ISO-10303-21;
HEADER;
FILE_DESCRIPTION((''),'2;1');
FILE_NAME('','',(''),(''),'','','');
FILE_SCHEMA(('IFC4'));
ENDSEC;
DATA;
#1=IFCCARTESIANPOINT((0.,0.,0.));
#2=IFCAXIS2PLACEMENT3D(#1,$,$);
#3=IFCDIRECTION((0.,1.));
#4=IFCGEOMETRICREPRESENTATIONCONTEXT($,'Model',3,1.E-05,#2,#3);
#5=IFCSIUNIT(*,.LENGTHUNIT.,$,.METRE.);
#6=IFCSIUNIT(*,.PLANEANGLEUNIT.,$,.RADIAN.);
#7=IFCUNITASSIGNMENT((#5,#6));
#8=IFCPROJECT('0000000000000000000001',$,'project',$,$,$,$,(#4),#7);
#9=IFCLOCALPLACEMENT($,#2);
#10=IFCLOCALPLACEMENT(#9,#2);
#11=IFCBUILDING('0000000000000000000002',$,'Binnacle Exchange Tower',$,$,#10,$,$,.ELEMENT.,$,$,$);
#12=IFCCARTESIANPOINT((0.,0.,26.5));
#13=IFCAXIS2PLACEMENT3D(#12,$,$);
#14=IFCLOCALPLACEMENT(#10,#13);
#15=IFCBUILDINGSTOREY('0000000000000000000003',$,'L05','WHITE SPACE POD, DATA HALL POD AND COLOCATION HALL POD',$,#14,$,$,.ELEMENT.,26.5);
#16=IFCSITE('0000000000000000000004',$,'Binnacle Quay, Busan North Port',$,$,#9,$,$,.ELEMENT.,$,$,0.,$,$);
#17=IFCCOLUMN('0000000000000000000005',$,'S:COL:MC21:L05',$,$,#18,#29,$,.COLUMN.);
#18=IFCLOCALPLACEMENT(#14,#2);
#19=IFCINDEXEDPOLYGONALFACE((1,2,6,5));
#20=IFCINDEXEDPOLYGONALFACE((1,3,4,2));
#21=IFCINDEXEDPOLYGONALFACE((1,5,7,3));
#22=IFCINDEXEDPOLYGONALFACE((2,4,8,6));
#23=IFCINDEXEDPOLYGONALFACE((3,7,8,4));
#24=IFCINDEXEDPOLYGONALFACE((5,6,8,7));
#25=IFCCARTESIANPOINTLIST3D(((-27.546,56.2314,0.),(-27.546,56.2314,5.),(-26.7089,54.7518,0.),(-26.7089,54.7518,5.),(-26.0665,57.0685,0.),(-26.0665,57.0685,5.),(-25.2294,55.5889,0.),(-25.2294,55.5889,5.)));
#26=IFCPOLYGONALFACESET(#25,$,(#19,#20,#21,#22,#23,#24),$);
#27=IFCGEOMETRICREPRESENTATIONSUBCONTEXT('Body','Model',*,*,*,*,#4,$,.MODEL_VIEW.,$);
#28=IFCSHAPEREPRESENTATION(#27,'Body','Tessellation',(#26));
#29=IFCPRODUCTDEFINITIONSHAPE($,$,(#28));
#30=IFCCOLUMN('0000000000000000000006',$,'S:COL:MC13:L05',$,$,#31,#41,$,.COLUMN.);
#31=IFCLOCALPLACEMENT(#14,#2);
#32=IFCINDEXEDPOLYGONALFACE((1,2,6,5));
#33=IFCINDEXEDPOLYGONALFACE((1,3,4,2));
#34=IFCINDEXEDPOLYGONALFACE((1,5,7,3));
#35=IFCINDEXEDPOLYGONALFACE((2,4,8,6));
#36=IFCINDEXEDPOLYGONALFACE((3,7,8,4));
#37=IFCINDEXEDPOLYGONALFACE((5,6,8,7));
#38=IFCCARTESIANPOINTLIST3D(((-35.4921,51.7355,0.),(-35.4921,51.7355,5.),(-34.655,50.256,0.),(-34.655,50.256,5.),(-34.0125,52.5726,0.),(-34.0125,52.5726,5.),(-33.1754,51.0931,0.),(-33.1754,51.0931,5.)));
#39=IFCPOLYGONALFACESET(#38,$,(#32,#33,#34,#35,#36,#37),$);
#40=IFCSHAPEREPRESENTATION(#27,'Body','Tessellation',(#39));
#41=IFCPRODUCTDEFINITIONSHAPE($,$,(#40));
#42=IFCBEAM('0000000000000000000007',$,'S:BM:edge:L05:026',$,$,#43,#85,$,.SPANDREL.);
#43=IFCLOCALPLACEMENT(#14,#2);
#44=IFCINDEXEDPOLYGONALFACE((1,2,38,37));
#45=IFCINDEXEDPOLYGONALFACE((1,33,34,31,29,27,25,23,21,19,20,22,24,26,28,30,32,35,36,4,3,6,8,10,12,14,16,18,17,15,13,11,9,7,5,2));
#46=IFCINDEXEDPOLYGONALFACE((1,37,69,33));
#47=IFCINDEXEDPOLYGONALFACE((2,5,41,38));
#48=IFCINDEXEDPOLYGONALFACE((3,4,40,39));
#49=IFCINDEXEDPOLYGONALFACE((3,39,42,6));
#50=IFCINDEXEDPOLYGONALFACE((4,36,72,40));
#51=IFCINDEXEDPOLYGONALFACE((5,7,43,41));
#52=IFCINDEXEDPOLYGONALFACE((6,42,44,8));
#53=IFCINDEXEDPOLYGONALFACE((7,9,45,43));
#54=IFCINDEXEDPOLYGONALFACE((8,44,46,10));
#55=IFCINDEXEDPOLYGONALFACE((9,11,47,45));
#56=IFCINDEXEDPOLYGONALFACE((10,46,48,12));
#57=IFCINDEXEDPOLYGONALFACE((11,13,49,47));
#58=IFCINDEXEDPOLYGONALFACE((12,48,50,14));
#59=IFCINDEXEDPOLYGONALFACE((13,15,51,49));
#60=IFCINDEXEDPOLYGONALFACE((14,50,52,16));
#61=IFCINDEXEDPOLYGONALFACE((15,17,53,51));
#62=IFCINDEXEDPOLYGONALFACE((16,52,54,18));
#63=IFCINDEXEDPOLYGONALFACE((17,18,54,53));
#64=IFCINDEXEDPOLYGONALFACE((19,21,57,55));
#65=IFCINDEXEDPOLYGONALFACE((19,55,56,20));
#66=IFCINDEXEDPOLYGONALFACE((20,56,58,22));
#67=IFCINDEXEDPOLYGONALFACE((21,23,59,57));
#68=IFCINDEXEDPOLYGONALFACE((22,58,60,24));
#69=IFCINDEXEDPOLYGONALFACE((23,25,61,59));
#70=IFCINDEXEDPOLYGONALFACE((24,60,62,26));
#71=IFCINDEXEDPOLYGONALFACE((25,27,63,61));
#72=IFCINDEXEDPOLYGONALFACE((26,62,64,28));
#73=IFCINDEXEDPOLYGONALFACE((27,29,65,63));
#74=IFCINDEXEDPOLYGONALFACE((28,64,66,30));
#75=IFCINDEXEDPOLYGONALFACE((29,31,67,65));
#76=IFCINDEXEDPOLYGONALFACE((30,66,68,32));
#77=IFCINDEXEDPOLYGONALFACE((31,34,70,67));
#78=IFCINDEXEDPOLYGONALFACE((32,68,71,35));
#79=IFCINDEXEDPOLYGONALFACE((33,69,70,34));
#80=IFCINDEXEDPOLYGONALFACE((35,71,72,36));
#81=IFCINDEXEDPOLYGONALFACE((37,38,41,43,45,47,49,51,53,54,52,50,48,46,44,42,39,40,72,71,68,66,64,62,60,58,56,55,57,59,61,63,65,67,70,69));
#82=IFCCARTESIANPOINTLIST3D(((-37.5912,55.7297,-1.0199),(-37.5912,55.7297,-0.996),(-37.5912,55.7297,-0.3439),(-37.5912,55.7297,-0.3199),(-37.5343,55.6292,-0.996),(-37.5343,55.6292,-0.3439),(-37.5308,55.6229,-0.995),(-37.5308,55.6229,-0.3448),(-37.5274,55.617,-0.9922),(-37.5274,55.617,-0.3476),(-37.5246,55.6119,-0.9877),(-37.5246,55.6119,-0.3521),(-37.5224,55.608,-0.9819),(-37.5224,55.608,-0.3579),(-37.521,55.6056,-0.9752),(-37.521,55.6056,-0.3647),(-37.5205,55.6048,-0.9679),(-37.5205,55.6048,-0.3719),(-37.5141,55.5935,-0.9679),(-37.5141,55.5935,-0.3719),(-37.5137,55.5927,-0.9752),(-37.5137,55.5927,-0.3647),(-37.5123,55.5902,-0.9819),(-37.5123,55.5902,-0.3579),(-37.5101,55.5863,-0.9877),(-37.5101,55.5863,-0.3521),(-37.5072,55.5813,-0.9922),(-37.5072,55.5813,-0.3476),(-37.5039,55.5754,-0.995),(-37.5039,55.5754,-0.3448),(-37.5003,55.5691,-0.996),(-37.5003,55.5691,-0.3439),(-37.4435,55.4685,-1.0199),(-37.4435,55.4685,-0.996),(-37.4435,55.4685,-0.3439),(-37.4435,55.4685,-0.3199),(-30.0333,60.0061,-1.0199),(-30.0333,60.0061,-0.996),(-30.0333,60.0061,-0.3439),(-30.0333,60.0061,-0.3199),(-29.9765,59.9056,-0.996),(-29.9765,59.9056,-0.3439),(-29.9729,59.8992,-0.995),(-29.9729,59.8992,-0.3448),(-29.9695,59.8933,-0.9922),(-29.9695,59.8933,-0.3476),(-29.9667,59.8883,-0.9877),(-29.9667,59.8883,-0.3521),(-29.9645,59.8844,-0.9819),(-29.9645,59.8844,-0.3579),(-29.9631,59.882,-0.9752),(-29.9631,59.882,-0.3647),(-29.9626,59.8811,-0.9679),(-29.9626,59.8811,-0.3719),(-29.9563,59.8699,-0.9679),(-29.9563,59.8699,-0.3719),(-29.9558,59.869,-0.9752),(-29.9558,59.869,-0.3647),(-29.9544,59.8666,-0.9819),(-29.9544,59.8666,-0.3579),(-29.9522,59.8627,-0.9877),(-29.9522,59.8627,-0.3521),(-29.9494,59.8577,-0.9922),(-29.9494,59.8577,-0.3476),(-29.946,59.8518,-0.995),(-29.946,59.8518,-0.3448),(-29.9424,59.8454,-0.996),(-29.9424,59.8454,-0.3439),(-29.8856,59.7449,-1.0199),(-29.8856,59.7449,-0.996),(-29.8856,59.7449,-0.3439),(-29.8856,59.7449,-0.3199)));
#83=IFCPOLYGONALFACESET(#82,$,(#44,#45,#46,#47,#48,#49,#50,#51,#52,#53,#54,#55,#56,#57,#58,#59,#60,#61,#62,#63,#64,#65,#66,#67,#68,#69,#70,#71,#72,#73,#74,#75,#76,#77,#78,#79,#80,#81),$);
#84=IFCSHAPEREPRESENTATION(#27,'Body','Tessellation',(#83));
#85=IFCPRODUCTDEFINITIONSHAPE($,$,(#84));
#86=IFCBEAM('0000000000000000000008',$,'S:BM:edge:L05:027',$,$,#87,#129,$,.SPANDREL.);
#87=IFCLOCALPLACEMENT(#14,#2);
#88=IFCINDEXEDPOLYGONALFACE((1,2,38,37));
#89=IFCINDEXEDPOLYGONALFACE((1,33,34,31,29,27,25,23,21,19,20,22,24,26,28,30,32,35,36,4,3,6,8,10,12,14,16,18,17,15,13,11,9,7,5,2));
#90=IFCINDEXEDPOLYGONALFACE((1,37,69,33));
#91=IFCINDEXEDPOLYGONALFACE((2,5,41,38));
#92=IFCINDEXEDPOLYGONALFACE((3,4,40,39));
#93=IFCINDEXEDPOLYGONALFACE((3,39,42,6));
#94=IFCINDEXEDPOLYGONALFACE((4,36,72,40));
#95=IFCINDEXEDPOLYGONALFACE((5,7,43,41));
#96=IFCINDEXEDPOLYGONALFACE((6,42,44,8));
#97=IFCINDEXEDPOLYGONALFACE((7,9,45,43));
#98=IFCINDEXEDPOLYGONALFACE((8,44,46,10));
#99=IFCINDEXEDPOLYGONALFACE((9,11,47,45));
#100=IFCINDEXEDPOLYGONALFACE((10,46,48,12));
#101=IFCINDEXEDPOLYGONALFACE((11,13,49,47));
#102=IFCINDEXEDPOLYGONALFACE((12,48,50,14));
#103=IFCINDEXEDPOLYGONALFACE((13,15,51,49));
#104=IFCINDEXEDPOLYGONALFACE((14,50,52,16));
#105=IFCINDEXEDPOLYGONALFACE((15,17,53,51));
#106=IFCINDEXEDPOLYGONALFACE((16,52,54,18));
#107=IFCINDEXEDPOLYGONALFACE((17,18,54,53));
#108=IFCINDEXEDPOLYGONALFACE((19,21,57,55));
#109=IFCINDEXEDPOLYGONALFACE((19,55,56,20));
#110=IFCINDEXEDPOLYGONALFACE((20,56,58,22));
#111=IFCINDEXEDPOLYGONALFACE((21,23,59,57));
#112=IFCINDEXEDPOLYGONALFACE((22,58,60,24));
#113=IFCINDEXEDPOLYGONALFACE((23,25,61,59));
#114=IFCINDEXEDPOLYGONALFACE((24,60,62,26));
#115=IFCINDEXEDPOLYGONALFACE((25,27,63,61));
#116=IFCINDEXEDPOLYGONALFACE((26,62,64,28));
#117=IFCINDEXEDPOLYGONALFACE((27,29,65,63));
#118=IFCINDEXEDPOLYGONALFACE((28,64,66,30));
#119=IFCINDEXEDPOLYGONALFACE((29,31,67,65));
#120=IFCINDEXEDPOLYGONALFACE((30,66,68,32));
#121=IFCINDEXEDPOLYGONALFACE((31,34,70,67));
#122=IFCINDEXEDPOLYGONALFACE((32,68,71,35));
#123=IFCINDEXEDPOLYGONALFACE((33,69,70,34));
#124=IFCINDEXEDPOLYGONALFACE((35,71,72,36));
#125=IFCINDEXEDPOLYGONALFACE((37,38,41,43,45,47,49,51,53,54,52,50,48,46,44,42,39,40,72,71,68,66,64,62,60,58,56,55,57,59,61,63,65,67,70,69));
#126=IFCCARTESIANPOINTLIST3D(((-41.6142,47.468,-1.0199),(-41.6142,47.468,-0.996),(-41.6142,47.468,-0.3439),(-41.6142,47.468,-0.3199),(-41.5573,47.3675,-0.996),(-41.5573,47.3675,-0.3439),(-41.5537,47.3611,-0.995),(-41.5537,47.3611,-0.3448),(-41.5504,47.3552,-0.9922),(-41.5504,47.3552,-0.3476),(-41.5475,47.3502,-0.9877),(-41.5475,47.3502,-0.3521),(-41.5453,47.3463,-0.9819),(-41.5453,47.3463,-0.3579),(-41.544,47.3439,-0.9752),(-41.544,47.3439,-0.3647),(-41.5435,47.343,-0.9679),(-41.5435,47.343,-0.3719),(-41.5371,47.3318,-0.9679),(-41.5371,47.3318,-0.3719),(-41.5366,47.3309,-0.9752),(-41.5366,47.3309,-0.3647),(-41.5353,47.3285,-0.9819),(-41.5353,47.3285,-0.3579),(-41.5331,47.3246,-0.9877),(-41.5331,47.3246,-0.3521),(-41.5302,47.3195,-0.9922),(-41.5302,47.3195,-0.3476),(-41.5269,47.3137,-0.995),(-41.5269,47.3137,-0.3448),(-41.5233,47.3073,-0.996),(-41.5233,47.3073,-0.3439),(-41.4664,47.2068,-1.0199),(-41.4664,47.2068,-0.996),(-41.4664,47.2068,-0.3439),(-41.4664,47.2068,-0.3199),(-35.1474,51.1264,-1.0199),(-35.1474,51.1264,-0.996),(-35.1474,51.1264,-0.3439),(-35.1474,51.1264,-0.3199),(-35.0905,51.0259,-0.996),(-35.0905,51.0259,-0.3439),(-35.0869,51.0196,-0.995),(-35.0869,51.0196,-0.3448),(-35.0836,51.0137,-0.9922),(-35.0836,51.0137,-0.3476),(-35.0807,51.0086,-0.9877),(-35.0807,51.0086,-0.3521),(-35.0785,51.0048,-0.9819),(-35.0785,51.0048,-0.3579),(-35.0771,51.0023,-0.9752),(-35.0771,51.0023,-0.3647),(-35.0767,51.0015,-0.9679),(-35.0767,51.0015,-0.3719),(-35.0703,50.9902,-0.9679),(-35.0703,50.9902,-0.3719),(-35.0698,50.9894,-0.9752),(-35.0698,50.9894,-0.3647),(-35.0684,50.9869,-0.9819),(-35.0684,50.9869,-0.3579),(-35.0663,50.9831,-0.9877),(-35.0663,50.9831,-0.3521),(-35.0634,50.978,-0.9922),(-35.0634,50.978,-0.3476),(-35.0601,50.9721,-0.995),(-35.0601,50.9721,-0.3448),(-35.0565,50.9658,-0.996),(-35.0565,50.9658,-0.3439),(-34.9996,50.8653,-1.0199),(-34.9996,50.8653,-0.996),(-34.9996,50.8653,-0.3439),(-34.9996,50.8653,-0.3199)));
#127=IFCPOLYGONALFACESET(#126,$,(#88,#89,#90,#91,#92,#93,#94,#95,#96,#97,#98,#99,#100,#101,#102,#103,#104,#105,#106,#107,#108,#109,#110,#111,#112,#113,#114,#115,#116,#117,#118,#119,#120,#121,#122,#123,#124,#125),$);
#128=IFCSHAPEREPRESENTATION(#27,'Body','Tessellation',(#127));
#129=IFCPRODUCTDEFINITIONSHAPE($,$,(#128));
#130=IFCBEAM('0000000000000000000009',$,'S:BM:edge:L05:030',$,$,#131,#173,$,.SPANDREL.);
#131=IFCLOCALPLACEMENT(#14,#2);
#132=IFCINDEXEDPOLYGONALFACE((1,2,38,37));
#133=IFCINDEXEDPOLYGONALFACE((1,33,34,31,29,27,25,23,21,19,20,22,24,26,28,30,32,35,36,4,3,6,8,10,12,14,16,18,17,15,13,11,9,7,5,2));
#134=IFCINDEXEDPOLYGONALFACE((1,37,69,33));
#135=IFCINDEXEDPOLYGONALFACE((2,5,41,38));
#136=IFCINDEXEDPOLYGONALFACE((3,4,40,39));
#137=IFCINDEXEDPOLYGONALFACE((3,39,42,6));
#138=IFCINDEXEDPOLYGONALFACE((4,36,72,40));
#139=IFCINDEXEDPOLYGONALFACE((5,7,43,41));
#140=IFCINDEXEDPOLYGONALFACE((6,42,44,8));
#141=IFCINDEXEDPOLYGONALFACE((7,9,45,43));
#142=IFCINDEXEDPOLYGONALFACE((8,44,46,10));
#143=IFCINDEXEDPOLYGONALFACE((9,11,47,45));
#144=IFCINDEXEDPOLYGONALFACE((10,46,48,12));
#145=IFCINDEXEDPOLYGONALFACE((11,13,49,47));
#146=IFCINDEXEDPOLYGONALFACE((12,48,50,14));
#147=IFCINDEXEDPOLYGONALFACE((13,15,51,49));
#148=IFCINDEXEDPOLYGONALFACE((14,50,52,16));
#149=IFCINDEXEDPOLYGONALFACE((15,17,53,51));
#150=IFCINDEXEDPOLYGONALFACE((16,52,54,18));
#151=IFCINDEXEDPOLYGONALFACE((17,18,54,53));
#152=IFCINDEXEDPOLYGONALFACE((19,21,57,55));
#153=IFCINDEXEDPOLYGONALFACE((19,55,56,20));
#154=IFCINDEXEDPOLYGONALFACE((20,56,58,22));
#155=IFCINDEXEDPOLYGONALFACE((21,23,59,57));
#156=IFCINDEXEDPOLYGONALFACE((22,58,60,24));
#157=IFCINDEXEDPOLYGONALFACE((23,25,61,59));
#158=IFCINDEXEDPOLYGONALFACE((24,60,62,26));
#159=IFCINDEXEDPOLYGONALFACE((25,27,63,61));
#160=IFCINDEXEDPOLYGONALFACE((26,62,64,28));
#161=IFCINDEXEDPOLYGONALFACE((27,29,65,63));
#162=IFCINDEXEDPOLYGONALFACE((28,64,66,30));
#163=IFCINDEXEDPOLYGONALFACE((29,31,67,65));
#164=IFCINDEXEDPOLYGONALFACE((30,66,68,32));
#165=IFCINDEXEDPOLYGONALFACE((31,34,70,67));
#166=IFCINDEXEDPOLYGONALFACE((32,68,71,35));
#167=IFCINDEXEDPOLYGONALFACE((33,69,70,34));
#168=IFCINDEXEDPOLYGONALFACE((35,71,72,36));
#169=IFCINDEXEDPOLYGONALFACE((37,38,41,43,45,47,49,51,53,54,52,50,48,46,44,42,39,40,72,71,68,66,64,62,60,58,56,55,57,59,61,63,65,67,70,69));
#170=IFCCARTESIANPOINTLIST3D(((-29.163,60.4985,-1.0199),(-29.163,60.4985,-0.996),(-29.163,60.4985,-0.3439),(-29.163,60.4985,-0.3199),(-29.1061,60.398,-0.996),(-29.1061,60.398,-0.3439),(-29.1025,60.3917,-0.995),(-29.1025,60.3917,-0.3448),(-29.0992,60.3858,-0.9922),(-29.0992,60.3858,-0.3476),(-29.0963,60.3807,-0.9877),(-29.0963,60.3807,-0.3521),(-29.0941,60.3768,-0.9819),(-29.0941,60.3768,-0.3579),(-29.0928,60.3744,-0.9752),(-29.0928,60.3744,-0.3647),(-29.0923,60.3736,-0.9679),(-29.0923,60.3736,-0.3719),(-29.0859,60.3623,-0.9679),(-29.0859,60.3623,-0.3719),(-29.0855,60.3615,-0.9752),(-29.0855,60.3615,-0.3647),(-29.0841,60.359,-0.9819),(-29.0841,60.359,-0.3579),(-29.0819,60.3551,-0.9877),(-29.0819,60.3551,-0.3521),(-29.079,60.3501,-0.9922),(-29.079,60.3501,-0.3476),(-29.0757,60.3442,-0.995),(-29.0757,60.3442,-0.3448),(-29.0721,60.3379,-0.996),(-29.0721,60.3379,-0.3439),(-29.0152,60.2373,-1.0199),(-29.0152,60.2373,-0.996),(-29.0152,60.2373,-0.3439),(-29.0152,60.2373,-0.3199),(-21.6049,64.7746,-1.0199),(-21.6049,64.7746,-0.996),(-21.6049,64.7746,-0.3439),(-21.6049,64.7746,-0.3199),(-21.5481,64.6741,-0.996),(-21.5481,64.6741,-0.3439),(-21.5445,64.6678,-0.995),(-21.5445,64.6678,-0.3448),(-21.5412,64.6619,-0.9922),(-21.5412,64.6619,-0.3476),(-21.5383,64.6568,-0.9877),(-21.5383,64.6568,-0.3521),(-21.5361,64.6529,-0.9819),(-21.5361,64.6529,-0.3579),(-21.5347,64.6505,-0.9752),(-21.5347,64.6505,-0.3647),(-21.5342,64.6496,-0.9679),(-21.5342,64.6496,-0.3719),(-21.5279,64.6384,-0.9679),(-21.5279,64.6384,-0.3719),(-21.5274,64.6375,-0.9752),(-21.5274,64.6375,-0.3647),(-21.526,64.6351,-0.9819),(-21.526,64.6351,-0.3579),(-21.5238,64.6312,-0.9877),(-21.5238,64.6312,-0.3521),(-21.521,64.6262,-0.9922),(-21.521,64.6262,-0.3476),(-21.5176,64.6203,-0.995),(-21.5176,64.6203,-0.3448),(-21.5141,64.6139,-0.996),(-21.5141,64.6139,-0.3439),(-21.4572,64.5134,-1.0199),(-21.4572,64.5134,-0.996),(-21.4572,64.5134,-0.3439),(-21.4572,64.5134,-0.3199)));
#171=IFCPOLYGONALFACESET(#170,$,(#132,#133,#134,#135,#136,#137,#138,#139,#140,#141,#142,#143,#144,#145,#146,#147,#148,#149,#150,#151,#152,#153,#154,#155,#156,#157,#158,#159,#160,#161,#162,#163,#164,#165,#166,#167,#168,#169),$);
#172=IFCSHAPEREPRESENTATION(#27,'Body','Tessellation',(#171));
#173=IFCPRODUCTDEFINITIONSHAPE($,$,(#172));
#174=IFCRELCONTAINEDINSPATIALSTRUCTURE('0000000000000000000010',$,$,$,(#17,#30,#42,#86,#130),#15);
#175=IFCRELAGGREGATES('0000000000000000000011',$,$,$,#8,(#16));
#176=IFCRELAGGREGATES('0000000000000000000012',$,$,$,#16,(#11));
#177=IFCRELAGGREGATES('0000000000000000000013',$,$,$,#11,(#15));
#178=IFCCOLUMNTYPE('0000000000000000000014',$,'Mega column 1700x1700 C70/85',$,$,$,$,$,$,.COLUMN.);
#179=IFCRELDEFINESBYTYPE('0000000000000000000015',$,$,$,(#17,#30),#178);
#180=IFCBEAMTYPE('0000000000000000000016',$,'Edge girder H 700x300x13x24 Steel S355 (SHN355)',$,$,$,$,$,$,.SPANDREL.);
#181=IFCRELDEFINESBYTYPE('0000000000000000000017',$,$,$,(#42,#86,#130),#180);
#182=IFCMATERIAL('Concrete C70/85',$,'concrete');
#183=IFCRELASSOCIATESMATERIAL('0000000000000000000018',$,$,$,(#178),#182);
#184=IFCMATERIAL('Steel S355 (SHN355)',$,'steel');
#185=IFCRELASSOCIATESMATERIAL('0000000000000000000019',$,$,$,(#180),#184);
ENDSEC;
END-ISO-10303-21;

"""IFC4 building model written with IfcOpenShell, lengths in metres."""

from ifc_helpers import new_model, si_unit, direction, frame, origin, origin_2d, place, context, subcontext, project, spatial, rectangle, i_section, extrude, material, material_profile, profile_set, type_object, element, save


model = new_model("IFC4")

# Units and contexts
model_context = context("Model", 3, precision=1e-05, world=origin(), true_north=direction((0.0, 1.0)))
body_context = subcontext(model_context, "Body", "Model", "MODEL_VIEW")
ifc_project = project(units=[si_unit("LENGTHUNIT", "METRE"), si_unit("PLANEANGLEUNIT", "RADIAN")], contexts=[model_context])

# Site, building, storey
site_placement = place(None, origin())
site = spatial("IfcSite", under=ifc_project, at=site_placement, Name="Binnacle Quay, Busan North Port", CompositionType="ELEMENT", RefElevation=0.0)
building_placement = place(site_placement, origin())
building = spatial("IfcBuilding", under=site, at=building_placement, Name="Binnacle Exchange Tower", CompositionType="ELEMENT")
storey_placement = place(building_placement, frame((0.0, 0.0, 26.5)))
storey = spatial("IfcBuildingStorey", under=building, at=storey_placement, Name="L05", Description="WHITE SPACE POD, DATA HALL POD AND COLOCATION HALL POD", CompositionType="ELEMENT", Elevation=26.5)

# Columns
ifc_material_1 = material(Name="Concrete C70/85", Category="concrete")
ifc_material_profile_1 = material_profile(ifc_material_1, rectangle(XDim=1.7, YDim=1.7, at=origin_2d()), Name="Mega column 1700x1700 C70/85")
ifc_profile_set_1 = profile_set([ifc_material_profile_1], Name="Concrete C70/85")
column_type = type_object("IfcColumnType", Name="Mega column 1700x1700 C70/85", PredefinedType="COLUMN", material=ifc_profile_set_1)
for number, where, z_axis, x_axis, name in (
    (1, (-26.3877, 55.9102, 0.0), (0.0, 0.0, 1.0), (-0.870356, -0.492424, 0.0), "S:COL:MC21:L05"),
    (2, (-34.3337, 51.4143, 0.0), (0.0, 0.0, 1.0), (-0.870356, -0.492424, 0.0), "S:COL:MC13:L05"),
):
    element("IfcColumn", number, at=place(storey_placement, frame(where, z_axis=z_axis, x_axis=x_axis)), inside=storey, type_object=column_type, Name=name, PredefinedType="COLUMN", context=body_context, shape_type="SweptSolid", body=[
        extrude(rectangle(XDim=1.7, YDim=1.7, at=origin_2d()), origin(), (0.0, 0.0, 1.0), 5.0),
    ])

# Beams
ifc_material_2 = material(Name="Steel S355 (SHN355)", Category="steel")
ifc_material_profile_2 = material_profile(ifc_material_2, i_section(OverallWidth=0.3, OverallDepth=0.7, WebThickness=0.0129, FlangeThickness=0.0239, FilletRadius=0.0281, at=origin_2d()), Name="H 700x300x13x24")
ifc_profile_set_2 = profile_set([ifc_material_profile_2], Name="Steel S355 (SHN355)")
beam_type_1 = type_object("IfcBeamType", Name="Edge girder H 700x300x13x24 Steel S355 (SHN355)", PredefinedType="SPANDREL", material=ifc_profile_set_2)
beam_1_placement = place(storey_placement, frame((-37.5173, 55.5991, -0.6699), z_axis=(0.870339, 0.492453, 0.0), x_axis=(-0.492453, 0.870339, 0.0)))
element("IfcBeam", 3, at=beam_1_placement, inside=storey, type_object=beam_type_1, Name="S:BM:edge:L05:026", PredefinedType="SPANDREL", context=body_context, shape_type="SweptSolid", body=[
    extrude(i_section(OverallWidth=0.3, OverallDepth=0.7, WebThickness=0.0129, FlangeThickness=0.0239, FilletRadius=0.0281, at=origin_2d()), origin(), (0.0, 0.0, 1.0), 8.6838),
])
beam_2_placement = place(storey_placement, frame((-35.0735, 50.9958, -0.6699), z_axis=(-0.870372, -0.492394, 0.0), x_axis=(0.492394, -0.870372, 0.0)))
element("IfcBeam", 4, at=beam_2_placement, inside=storey, type_object=beam_type_1, Name="S:BM:edge:L05:027", PredefinedType="SPANDREL", context=body_context, shape_type="SweptSolid", body=[
    extrude(i_section(OverallWidth=0.3, OverallDepth=0.7, WebThickness=0.0129, FlangeThickness=0.0239, FilletRadius=0.0281, at=origin_2d()), origin(), (0.0, 0.0, 1.0), 7.4299),
])
beam_3_placement = place(storey_placement, frame((-29.0891, 60.3679, -0.6699), z_axis=(0.870358, 0.492419, 0.0), x_axis=(-0.492419, 0.870358, 0.0)))
element("IfcBeam", 5, at=beam_3_placement, inside=storey, type_object=beam_type_1, Name="S:BM:edge:L05:030", PredefinedType="SPANDREL", context=body_context, shape_type="SweptSolid", body=[
    extrude(i_section(OverallWidth=0.3, OverallDepth=0.7, WebThickness=0.0129, FlangeThickness=0.0239, FilletRadius=0.0281, at=origin_2d()), origin(), (0.0, 0.0, 1.0), 8.6838),
])

save(model, "model.ifc")
